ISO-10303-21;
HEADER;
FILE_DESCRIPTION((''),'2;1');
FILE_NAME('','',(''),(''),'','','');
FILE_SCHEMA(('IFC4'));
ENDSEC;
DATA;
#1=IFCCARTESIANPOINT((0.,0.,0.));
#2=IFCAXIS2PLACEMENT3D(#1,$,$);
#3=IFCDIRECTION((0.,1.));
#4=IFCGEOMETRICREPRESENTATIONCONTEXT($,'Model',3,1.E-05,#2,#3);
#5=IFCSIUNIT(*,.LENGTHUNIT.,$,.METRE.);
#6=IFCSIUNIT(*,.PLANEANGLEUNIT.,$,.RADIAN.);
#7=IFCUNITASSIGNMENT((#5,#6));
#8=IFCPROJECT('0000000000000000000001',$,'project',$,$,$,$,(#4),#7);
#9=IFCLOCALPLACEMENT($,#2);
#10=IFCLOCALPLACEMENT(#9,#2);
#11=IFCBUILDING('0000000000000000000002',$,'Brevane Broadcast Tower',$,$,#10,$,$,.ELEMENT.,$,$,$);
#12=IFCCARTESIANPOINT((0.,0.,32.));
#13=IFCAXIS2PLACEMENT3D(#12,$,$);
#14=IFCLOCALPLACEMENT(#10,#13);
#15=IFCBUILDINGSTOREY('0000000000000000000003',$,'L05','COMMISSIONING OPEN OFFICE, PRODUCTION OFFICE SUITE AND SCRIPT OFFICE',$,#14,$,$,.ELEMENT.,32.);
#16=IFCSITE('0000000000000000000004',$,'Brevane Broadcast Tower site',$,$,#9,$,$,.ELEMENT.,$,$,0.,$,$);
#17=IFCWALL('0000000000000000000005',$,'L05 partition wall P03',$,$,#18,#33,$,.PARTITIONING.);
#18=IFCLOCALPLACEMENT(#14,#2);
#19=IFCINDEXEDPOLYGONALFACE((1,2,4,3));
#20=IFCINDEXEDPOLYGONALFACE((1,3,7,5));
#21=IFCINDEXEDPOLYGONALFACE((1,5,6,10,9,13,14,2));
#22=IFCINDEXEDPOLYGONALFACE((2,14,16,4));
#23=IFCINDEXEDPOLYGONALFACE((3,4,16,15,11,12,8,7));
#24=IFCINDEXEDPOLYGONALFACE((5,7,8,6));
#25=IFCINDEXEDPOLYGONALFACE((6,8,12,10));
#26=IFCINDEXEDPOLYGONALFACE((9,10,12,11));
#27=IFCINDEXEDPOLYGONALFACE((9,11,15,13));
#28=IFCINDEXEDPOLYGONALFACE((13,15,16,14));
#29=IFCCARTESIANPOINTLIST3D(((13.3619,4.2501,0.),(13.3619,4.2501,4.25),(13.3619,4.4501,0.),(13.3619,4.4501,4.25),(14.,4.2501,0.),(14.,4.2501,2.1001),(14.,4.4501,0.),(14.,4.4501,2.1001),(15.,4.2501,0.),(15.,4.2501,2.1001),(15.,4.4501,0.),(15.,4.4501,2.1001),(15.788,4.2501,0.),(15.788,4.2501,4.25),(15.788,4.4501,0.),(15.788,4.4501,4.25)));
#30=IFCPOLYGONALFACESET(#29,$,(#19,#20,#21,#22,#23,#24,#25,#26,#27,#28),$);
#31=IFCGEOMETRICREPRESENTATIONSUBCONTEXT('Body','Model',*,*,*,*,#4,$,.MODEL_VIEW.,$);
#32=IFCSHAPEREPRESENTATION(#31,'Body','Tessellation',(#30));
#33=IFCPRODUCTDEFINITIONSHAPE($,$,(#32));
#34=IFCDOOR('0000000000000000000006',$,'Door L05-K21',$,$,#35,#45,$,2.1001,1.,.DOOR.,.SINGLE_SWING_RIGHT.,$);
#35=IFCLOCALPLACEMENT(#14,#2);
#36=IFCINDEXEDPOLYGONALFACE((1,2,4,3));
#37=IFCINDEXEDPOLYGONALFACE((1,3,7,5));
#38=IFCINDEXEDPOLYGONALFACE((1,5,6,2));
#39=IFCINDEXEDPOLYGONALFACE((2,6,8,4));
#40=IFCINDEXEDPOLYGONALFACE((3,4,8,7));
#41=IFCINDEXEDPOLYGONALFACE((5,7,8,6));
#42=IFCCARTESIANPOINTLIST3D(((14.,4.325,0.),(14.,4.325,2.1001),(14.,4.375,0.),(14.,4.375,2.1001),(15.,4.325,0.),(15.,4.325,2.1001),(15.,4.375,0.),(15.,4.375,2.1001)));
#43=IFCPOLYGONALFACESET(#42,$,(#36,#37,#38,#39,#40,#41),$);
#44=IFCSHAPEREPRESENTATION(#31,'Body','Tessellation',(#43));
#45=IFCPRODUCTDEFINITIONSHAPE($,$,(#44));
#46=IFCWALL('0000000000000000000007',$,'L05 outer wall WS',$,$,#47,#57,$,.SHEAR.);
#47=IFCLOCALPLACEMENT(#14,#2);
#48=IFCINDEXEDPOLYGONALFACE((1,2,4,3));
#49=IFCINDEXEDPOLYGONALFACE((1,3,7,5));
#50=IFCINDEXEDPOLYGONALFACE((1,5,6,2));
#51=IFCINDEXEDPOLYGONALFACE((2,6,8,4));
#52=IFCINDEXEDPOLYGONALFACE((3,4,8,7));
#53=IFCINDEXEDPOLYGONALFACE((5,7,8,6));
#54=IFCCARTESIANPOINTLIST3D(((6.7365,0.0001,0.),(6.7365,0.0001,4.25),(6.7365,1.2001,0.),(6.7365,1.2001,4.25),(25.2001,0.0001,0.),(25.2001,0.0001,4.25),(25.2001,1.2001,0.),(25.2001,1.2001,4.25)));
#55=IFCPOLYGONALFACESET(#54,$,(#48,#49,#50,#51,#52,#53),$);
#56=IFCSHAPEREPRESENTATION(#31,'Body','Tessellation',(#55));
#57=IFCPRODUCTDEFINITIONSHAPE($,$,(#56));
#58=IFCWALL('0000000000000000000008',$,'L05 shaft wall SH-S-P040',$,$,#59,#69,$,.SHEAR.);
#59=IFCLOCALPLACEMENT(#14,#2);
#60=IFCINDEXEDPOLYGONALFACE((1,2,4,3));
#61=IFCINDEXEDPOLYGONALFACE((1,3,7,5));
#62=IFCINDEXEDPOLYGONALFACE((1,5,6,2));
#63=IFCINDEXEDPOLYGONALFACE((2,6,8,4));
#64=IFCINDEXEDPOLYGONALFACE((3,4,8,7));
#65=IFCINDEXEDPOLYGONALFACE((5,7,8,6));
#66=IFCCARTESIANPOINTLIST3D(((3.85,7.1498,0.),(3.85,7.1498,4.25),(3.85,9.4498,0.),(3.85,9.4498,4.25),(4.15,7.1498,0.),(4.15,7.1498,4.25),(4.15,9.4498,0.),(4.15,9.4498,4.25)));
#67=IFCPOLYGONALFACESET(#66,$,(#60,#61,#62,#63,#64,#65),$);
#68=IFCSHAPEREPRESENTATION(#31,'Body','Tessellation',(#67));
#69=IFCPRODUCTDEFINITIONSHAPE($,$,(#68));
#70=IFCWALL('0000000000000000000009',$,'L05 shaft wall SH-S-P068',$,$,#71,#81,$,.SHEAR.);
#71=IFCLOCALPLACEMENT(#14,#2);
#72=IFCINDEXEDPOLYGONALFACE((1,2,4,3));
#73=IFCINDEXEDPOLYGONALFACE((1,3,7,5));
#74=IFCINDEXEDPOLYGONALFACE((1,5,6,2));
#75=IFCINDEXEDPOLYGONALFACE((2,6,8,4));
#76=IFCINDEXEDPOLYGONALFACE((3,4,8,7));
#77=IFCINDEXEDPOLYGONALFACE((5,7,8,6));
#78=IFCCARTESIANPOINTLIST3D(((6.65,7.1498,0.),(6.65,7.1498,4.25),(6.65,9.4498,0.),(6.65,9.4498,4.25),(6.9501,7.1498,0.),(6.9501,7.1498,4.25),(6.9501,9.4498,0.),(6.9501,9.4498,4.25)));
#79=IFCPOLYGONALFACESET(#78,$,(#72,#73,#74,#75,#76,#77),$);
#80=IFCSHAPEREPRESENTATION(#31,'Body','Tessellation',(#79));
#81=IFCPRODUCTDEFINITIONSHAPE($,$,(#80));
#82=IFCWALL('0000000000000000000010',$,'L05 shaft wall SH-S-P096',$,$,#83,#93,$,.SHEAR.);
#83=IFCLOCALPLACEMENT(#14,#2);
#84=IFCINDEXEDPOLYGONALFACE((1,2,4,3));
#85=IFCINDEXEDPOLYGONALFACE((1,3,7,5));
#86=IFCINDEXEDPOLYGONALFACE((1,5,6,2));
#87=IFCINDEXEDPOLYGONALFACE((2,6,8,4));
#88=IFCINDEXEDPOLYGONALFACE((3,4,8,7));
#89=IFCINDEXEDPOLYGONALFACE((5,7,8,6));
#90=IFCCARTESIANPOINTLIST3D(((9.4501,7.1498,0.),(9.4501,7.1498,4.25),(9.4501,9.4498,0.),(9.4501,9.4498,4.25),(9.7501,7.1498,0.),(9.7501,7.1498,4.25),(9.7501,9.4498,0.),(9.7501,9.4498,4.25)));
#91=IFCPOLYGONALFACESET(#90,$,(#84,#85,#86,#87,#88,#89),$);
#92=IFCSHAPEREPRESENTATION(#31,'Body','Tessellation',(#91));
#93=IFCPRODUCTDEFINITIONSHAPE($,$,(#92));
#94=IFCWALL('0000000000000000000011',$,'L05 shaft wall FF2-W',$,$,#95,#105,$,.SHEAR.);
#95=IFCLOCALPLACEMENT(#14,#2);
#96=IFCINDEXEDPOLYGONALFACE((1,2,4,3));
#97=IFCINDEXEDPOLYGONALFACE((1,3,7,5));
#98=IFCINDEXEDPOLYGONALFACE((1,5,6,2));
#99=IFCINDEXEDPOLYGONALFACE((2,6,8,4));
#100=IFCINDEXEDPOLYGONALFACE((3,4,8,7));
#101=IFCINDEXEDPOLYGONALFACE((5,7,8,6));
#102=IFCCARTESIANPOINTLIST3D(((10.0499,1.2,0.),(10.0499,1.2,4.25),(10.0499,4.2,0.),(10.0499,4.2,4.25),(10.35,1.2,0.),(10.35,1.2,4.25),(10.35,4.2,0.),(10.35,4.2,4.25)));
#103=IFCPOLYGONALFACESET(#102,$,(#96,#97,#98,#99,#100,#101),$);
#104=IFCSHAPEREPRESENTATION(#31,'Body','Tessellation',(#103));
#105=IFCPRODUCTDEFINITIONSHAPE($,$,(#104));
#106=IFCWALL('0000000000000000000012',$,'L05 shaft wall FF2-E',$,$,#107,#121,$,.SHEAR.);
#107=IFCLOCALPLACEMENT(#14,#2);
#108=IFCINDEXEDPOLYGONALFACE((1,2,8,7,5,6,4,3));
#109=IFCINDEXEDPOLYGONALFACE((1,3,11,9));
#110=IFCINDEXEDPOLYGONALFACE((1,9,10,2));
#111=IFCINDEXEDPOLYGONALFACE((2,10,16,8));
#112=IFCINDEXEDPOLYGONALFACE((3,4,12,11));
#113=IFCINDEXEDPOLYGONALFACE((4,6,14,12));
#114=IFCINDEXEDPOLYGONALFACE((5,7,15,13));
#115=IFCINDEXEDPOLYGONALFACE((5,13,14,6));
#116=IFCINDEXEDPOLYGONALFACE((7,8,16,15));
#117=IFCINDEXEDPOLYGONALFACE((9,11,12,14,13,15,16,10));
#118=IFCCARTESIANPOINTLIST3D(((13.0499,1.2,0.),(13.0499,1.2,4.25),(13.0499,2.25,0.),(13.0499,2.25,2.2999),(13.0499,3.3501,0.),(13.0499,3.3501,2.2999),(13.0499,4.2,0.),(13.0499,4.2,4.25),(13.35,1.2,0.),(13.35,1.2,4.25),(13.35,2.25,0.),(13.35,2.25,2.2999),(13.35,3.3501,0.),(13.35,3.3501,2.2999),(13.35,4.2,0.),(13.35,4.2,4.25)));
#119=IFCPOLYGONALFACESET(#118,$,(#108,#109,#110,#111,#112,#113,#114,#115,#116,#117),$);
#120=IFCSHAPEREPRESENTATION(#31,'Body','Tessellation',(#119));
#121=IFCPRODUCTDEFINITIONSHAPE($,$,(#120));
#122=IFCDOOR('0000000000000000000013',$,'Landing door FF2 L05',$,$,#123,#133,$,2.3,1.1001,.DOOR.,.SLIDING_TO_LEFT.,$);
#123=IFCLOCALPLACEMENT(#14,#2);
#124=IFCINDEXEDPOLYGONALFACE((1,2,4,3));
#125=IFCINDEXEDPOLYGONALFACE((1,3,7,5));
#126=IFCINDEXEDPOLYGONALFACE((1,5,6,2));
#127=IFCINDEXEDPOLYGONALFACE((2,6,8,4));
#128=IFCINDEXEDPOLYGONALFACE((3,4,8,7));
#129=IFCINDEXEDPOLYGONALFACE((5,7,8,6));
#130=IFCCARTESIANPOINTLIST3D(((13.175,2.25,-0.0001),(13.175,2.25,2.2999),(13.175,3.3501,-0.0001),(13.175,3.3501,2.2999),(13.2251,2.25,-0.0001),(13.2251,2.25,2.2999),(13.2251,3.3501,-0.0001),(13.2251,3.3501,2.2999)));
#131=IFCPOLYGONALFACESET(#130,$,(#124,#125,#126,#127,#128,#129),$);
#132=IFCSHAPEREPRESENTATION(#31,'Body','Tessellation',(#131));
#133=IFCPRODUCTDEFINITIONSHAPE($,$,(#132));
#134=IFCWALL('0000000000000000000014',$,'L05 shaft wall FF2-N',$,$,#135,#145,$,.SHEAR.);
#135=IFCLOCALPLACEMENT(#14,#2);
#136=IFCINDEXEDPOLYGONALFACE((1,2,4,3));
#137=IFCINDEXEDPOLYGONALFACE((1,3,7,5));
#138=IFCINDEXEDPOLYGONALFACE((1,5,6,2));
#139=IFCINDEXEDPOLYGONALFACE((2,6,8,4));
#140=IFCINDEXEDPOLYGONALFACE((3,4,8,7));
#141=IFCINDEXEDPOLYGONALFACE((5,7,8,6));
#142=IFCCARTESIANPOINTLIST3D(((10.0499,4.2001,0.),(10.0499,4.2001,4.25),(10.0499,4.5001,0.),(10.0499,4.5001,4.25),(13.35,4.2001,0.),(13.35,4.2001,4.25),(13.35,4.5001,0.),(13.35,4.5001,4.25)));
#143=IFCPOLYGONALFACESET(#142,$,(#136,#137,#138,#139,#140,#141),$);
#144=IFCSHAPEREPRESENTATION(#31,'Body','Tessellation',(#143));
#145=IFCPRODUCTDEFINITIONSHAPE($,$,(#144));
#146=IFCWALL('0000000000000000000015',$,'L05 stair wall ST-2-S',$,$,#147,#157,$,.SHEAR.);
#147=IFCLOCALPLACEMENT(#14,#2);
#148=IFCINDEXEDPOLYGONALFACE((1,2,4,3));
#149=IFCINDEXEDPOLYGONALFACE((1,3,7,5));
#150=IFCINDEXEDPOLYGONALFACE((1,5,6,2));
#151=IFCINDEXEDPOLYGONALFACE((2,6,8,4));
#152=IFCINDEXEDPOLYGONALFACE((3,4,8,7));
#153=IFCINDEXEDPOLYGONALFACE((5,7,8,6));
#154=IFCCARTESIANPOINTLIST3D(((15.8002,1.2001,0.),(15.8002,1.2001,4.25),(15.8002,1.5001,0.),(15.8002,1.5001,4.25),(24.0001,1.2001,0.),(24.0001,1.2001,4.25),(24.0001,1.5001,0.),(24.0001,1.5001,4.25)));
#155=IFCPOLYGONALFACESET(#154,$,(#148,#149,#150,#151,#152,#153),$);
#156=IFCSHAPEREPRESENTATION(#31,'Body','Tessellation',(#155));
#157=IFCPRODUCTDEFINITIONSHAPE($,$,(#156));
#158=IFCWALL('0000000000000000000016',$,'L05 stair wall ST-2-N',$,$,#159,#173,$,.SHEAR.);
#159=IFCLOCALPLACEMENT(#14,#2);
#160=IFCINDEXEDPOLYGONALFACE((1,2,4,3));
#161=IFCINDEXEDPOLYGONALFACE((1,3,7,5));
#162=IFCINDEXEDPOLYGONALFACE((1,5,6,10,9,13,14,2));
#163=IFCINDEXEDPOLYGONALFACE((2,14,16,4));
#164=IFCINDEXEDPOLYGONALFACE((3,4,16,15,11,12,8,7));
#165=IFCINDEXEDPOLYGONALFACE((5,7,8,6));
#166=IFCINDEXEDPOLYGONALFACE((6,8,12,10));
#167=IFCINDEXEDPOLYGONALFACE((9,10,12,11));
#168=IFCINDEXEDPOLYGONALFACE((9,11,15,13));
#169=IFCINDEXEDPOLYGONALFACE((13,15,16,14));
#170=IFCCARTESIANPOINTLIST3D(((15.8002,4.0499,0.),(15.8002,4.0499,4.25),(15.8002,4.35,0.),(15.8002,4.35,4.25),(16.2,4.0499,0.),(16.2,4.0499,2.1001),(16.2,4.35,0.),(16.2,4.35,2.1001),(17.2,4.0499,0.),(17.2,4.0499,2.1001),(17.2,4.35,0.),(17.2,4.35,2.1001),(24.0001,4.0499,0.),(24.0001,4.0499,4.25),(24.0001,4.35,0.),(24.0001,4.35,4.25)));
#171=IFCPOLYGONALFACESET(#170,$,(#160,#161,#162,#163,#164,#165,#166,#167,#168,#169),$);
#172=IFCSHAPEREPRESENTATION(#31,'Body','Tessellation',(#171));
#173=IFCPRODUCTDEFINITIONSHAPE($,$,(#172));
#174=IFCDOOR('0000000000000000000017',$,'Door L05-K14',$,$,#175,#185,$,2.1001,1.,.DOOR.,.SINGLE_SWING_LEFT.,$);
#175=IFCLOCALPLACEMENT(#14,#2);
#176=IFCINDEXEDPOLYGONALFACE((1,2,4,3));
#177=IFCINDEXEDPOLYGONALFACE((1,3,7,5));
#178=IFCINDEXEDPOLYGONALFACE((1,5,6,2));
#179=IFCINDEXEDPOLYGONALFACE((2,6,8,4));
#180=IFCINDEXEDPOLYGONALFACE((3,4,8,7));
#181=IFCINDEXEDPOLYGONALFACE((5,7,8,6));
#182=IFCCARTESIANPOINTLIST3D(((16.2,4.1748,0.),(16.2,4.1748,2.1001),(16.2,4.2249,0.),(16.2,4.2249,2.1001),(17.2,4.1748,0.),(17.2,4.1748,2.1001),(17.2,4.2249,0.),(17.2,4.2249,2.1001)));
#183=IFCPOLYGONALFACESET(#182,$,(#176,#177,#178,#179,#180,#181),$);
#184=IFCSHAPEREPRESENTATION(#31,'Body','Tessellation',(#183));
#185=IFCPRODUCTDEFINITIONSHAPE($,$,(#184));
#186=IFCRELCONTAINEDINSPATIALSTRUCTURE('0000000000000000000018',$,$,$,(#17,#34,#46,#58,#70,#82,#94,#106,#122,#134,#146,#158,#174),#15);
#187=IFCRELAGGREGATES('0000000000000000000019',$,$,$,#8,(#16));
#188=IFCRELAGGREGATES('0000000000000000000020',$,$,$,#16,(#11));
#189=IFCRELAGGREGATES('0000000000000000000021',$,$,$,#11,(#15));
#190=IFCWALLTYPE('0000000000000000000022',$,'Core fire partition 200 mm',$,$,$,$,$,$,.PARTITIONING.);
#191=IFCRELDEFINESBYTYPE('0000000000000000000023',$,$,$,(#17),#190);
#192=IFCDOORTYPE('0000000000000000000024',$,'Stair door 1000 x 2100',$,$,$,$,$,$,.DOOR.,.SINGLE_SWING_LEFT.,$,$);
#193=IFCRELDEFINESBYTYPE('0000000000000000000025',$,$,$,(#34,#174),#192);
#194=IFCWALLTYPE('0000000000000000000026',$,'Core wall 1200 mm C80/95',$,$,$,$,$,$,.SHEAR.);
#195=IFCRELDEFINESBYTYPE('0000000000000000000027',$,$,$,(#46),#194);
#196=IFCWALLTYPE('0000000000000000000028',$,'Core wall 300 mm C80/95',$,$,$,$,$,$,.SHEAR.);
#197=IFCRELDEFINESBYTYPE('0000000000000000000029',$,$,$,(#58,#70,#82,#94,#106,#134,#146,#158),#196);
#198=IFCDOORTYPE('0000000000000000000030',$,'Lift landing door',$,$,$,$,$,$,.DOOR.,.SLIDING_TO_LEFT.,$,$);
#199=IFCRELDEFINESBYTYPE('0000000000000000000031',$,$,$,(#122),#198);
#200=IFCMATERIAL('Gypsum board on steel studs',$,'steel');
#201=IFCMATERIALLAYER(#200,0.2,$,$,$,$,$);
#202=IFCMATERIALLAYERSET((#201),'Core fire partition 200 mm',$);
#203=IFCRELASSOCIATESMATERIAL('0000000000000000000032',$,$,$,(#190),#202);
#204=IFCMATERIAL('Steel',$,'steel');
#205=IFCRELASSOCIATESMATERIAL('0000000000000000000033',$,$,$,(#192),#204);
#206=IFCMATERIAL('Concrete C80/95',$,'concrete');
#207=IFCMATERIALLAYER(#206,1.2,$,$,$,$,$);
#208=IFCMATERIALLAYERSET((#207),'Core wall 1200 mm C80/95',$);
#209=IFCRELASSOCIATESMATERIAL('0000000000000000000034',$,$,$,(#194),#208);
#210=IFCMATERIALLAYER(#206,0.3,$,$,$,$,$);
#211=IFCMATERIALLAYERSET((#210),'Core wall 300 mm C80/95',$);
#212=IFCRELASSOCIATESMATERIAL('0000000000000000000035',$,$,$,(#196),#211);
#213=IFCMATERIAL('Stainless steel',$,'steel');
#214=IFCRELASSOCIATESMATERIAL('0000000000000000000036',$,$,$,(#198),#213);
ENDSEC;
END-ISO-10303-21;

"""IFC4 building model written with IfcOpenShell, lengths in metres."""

from ifc_helpers import new_model, si_unit, direction, frame, frame_2d, origin, place, context, subcontext, project, spatial, rectangle, extrude, material, layer, layer_set, type_object, element, fill, save


model = new_model("IFC4")

# Units and contexts
model_context = context("Model", 3, precision=1e-05, world=origin(), true_north=direction((0.0, 1.0)))
body_context = subcontext(model_context, "Body", "Model", "MODEL_VIEW")
ifc_project = project(units=[si_unit("LENGTHUNIT", "METRE"), si_unit("PLANEANGLEUNIT", "RADIAN")], contexts=[model_context])

# Site, building, storey
site_placement = place(None, origin())
site = spatial("IfcSite", under=ifc_project, at=site_placement, Name="Brevane Broadcast Tower site", CompositionType="ELEMENT", RefElevation=0.0)
building_placement = place(site_placement, origin())
building = spatial("IfcBuilding", under=site, at=building_placement, Name="Brevane Broadcast Tower", CompositionType="ELEMENT")
storey_placement = place(building_placement, frame((0.0, 0.0, 32.0)))
storey = spatial("IfcBuildingStorey", under=building, at=storey_placement, Name="L05", Description="COMMISSIONING OPEN OFFICE, PRODUCTION OFFICE SUITE AND SCRIPT OFFICE", CompositionType="ELEMENT", Elevation=32.0)

# Shared definitions
ifc_material_1 = material(Name="Gypsum board on steel studs", Category="steel")

# Wall, opening, door
ifc_layer_1 = layer(ifc_material_1, 0.2)
ifc_layer_set_1 = layer_set([ifc_layer_1], Name="Core fire partition 200 mm")
wall_type_1 = type_object("IfcWallType", Name="Core fire partition 200 mm", PredefinedType="PARTITIONING", material=ifc_layer_set_1)
wall_1_placement = place(storey_placement, frame((13.3621, 4.3501, 0.0), z_axis=(0.0, 0.0, 1.0), x_axis=(1.0, 0.0, 0.0)))
wall_1 = element("IfcWall", 1, at=wall_1_placement, inside=storey, type_object=wall_type_1, Name="L05 partition wall P03", PredefinedType="PARTITIONING", context=body_context, shape_type="SweptSolid", body=[
    extrude(rectangle(XDim=2.426, YDim=0.2, at=frame_2d((1.2129, 0.0))), origin(), (0.0, 0.0, 1.0), 4.25),
])
opening_1_placement = place(wall_1_placement, frame((0.6379, 0.0, 0.0)))
opening_1 = element("IfcOpeningElement", 2, at=opening_1_placement, cuts=wall_1, PredefinedType="OPENING", context=body_context, shape_type="SweptSolid", body=[
    extrude(rectangle(XDim=1.0, YDim=2.1001, at=frame_2d((0.5, 1.05))), frame((0.0, 0.1099, 0.0), z_axis=(0.0, -1.0, 0.0), x_axis=(1.0, 0.0, 0.0)), (0.0, 0.0, 1.0), 0.22),
])
ifc_material_2 = material(Name="Steel", Category="steel")
door_type_1 = type_object("IfcDoorType", Name="Stair door 1000 x 2100", OperationType="SINGLE_SWING_LEFT", PredefinedType="DOOR", material=ifc_material_2)
door_1_placement = place(opening_1_placement, origin())
door_1 = element("IfcDoor", 3, at=door_1_placement, inside=storey, type_object=door_type_1, Name="Door L05-K21", OperationType="SINGLE_SWING_RIGHT", OverallHeight=2.1001, OverallWidth=1.0, PredefinedType="DOOR", context=body_context, shape_type="SweptSolid", body=[
    extrude(rectangle(XDim=1.0, YDim=2.1001, at=frame_2d((0.5, 1.05))), frame((0.0, 0.0249, 0.0), z_axis=(0.0, -1.0, 0.0), x_axis=(1.0, 0.0, 0.0)), (0.0, 0.0, 1.0), 0.05),
])
fill(opening_1, door_1)

# Walls
ifc_material_3 = material(Name="Concrete C80/95", Category="concrete")
ifc_layer_2 = layer(ifc_material_3, 1.2)
ifc_layer_set_2 = layer_set([ifc_layer_2], Name="Core wall 1200 mm C80/95")
wall_type_2 = type_object("IfcWallType", Name="Core wall 1200 mm C80/95", PredefinedType="SHEAR", material=ifc_layer_set_2)
wall_2_placement = place(storey_placement, frame((6.7363, 0.6001, 0.0), z_axis=(0.0, 0.0, 1.0), x_axis=(1.0, 0.0, 0.0)))
element("IfcWall", 4, at=wall_2_placement, inside=storey, type_object=wall_type_2, Name="L05 outer wall WS", PredefinedType="SHEAR", context=body_context, shape_type="SweptSolid", body=[
    extrude(rectangle(XDim=18.4636, YDim=1.2, at=frame_2d((9.2319, 0.0))), origin(), (0.0, 0.0, 1.0), 4.25),
])
ifc_layer_3 = layer(ifc_material_3, 0.3)
ifc_layer_set_3 = layer_set([ifc_layer_3], Name="Core wall 300 mm C80/95")
wall_type_3 = type_object("IfcWallType", Name="Core wall 300 mm C80/95", PredefinedType="SHEAR", material=ifc_layer_set_3)
for number, where, z_axis, x_axis, name in (
    (5, (4.0, 7.1499, 0.0), (0.0, 0.0, 1.0), (0.0, 1.0, 0.0), "L05 shaft wall SH-S-P040"),
    (6, (6.8, 7.1499, 0.0), (0.0, 0.0, 1.0), (0.0, 1.0, 0.0), "L05 shaft wall SH-S-P068"),
    (7, (9.6001, 7.1499, 0.0), (0.0, 0.0, 1.0), (0.0, 1.0, 0.0), "L05 shaft wall SH-S-P096"),
):
    element("IfcWall", number, at=place(storey_placement, frame(where, z_axis=z_axis, x_axis=x_axis)), inside=storey, type_object=wall_type_3, Name=name, PredefinedType="SHEAR", context=body_context, shape_type="SweptSolid", body=[
        extrude(rectangle(XDim=2.3, YDim=0.3, at=frame_2d((1.1499, 0.0))), origin(), (0.0, 0.0, 1.0), 4.25),
    ])
wall_3_placement = place(storey_placement, frame((10.2, 1.2, 0.0), z_axis=(0.0, 0.0, 1.0), x_axis=(0.0, 1.0, 0.0)))
element("IfcWall", 8, at=wall_3_placement, inside=storey, type_object=wall_type_3, Name="L05 shaft wall FF2-W", PredefinedType="SHEAR", context=body_context, shape_type="SweptSolid", body=[
    extrude(rectangle(XDim=3.0, YDim=0.3, at=frame_2d((1.5, 0.0))), origin(), (0.0, 0.0, 1.0), 4.25),
])

# Wall, opening, door
wall_4_placement = place(storey_placement, frame((13.2, 1.2, 0.0), z_axis=(0.0, 0.0, 1.0), x_axis=(0.0, 1.0, 0.0)))
wall_4 = element("IfcWall", 9, at=wall_4_placement, inside=storey, type_object=wall_type_3, Name="L05 shaft wall FF2-E", PredefinedType="SHEAR", context=body_context, shape_type="SweptSolid", body=[
    extrude(rectangle(XDim=3.0, YDim=0.3, at=frame_2d((1.5, 0.0))), origin(), (0.0, 0.0, 1.0), 4.25),
])
opening_2_placement = place(wall_4_placement, frame((1.05, 0.0, 0.0)))
opening_2 = element("IfcOpeningElement", 10, at=opening_2_placement, cuts=wall_4, PredefinedType="OPENING", context=body_context, shape_type="SweptSolid", body=[
    extrude(rectangle(XDim=1.1001, YDim=2.3, at=frame_2d((0.55, 1.1499))), frame((0.0, 0.1599, 0.0), z_axis=(0.0, -1.0, 0.0), x_axis=(1.0, 0.0, 0.0)), (0.0, 0.0, 1.0), 0.3201),
])
ifc_material_4 = material(Name="Stainless steel", Category="steel")
door_type_2 = type_object("IfcDoorType", Name="Lift landing door", OperationType="SLIDING_TO_LEFT", PredefinedType="DOOR", material=ifc_material_4)
door_2_placement = place(opening_2_placement, origin())
door_2 = element("IfcDoor", 11, at=door_2_placement, inside=storey, type_object=door_type_2, Name="Landing door FF2 L05", OperationType="SLIDING_TO_LEFT", OverallHeight=2.3, OverallWidth=1.1001, PredefinedType="DOOR", context=body_context, shape_type="SweptSolid", body=[
    extrude(rectangle(XDim=1.1001, YDim=2.3, at=frame_2d((0.55, 1.1499))), frame((0.0, 0.0249, 0.0), z_axis=(0.0, -1.0, 0.0), x_axis=(1.0, 0.0, 0.0)), (0.0, 0.0, 1.0), 0.05),
])
fill(opening_2, door_2)

# Walls
wall_5_placement = place(storey_placement, frame((10.05, 4.3501, 0.0), z_axis=(0.0, 0.0, 1.0), x_axis=(1.0, 0.0, 0.0)))
element("IfcWall", 12, at=wall_5_placement, inside=storey, type_object=wall_type_3, Name="L05 shaft wall FF2-N", PredefinedType="SHEAR", context=body_context, shape_type="SweptSolid", body=[
    extrude(rectangle(XDim=3.3, YDim=0.3, at=frame_2d((1.6499, 0.0))), origin(), (0.0, 0.0, 1.0), 4.25),
])
wall_6_placement = place(storey_placement, frame((15.8, 1.3501, 0.0), z_axis=(0.0, 0.0, 1.0), x_axis=(1.0, 0.0, 0.0)))
element("IfcWall", 13, at=wall_6_placement, inside=storey, type_object=wall_type_3, Name="L05 stair wall ST-2-S", PredefinedType="SHEAR", context=body_context, shape_type="SweptSolid", body=[
    extrude(rectangle(XDim=8.2, YDim=0.3, at=frame_2d((4.1001, 0.0))), origin(), (0.0, 0.0, 1.0), 4.25),
])

# Wall, opening, door
wall_7_placement = place(storey_placement, frame((15.8, 4.2, 0.0), z_axis=(0.0, 0.0, 1.0), x_axis=(1.0, 0.0, 0.0)))
wall_7 = element("IfcWall", 14, at=wall_7_placement, inside=storey, type_object=wall_type_3, Name="L05 stair wall ST-2-N", PredefinedType="SHEAR", context=body_context, shape_type="SweptSolid", body=[
    extrude(rectangle(XDim=8.2, YDim=0.3, at=frame_2d((4.1001, 0.0))), origin(), (0.0, 0.0, 1.0), 4.25),
])
opening_3_placement = place(wall_7_placement, frame((0.3999, 0.0, 0.0)))
opening_3 = element("IfcOpeningElement", 15, at=opening_3_placement, cuts=wall_7, PredefinedType="OPENING", context=body_context, shape_type="SweptSolid", body=[
    extrude(rectangle(XDim=1.0, YDim=2.1001, at=frame_2d((0.5, 1.05))), frame((0.0, 0.1599, 0.0), z_axis=(0.0, -1.0, 0.0), x_axis=(1.0, 0.0, 0.0)), (0.0, 0.0, 1.0), 0.3201),
])
door_3_placement = place(opening_3_placement, origin())
door_3 = element("IfcDoor", 16, at=door_3_placement, inside=storey, type_object=door_type_1, Name="Door L05-K14", OperationType="SINGLE_SWING_LEFT", OverallHeight=2.1001, OverallWidth=1.0, PredefinedType="DOOR", context=body_context, shape_type="SweptSolid", body=[
    extrude(rectangle(XDim=1.0, YDim=2.1001, at=frame_2d((0.5, 1.05))), frame((0.0, 0.0249, 0.0), z_axis=(0.0, -1.0, 0.0), x_axis=(1.0, 0.0, 0.0)), (0.0, 0.0, 1.0), 0.05),
])
fill(opening_3, door_3)

save(model, "model.ifc")
